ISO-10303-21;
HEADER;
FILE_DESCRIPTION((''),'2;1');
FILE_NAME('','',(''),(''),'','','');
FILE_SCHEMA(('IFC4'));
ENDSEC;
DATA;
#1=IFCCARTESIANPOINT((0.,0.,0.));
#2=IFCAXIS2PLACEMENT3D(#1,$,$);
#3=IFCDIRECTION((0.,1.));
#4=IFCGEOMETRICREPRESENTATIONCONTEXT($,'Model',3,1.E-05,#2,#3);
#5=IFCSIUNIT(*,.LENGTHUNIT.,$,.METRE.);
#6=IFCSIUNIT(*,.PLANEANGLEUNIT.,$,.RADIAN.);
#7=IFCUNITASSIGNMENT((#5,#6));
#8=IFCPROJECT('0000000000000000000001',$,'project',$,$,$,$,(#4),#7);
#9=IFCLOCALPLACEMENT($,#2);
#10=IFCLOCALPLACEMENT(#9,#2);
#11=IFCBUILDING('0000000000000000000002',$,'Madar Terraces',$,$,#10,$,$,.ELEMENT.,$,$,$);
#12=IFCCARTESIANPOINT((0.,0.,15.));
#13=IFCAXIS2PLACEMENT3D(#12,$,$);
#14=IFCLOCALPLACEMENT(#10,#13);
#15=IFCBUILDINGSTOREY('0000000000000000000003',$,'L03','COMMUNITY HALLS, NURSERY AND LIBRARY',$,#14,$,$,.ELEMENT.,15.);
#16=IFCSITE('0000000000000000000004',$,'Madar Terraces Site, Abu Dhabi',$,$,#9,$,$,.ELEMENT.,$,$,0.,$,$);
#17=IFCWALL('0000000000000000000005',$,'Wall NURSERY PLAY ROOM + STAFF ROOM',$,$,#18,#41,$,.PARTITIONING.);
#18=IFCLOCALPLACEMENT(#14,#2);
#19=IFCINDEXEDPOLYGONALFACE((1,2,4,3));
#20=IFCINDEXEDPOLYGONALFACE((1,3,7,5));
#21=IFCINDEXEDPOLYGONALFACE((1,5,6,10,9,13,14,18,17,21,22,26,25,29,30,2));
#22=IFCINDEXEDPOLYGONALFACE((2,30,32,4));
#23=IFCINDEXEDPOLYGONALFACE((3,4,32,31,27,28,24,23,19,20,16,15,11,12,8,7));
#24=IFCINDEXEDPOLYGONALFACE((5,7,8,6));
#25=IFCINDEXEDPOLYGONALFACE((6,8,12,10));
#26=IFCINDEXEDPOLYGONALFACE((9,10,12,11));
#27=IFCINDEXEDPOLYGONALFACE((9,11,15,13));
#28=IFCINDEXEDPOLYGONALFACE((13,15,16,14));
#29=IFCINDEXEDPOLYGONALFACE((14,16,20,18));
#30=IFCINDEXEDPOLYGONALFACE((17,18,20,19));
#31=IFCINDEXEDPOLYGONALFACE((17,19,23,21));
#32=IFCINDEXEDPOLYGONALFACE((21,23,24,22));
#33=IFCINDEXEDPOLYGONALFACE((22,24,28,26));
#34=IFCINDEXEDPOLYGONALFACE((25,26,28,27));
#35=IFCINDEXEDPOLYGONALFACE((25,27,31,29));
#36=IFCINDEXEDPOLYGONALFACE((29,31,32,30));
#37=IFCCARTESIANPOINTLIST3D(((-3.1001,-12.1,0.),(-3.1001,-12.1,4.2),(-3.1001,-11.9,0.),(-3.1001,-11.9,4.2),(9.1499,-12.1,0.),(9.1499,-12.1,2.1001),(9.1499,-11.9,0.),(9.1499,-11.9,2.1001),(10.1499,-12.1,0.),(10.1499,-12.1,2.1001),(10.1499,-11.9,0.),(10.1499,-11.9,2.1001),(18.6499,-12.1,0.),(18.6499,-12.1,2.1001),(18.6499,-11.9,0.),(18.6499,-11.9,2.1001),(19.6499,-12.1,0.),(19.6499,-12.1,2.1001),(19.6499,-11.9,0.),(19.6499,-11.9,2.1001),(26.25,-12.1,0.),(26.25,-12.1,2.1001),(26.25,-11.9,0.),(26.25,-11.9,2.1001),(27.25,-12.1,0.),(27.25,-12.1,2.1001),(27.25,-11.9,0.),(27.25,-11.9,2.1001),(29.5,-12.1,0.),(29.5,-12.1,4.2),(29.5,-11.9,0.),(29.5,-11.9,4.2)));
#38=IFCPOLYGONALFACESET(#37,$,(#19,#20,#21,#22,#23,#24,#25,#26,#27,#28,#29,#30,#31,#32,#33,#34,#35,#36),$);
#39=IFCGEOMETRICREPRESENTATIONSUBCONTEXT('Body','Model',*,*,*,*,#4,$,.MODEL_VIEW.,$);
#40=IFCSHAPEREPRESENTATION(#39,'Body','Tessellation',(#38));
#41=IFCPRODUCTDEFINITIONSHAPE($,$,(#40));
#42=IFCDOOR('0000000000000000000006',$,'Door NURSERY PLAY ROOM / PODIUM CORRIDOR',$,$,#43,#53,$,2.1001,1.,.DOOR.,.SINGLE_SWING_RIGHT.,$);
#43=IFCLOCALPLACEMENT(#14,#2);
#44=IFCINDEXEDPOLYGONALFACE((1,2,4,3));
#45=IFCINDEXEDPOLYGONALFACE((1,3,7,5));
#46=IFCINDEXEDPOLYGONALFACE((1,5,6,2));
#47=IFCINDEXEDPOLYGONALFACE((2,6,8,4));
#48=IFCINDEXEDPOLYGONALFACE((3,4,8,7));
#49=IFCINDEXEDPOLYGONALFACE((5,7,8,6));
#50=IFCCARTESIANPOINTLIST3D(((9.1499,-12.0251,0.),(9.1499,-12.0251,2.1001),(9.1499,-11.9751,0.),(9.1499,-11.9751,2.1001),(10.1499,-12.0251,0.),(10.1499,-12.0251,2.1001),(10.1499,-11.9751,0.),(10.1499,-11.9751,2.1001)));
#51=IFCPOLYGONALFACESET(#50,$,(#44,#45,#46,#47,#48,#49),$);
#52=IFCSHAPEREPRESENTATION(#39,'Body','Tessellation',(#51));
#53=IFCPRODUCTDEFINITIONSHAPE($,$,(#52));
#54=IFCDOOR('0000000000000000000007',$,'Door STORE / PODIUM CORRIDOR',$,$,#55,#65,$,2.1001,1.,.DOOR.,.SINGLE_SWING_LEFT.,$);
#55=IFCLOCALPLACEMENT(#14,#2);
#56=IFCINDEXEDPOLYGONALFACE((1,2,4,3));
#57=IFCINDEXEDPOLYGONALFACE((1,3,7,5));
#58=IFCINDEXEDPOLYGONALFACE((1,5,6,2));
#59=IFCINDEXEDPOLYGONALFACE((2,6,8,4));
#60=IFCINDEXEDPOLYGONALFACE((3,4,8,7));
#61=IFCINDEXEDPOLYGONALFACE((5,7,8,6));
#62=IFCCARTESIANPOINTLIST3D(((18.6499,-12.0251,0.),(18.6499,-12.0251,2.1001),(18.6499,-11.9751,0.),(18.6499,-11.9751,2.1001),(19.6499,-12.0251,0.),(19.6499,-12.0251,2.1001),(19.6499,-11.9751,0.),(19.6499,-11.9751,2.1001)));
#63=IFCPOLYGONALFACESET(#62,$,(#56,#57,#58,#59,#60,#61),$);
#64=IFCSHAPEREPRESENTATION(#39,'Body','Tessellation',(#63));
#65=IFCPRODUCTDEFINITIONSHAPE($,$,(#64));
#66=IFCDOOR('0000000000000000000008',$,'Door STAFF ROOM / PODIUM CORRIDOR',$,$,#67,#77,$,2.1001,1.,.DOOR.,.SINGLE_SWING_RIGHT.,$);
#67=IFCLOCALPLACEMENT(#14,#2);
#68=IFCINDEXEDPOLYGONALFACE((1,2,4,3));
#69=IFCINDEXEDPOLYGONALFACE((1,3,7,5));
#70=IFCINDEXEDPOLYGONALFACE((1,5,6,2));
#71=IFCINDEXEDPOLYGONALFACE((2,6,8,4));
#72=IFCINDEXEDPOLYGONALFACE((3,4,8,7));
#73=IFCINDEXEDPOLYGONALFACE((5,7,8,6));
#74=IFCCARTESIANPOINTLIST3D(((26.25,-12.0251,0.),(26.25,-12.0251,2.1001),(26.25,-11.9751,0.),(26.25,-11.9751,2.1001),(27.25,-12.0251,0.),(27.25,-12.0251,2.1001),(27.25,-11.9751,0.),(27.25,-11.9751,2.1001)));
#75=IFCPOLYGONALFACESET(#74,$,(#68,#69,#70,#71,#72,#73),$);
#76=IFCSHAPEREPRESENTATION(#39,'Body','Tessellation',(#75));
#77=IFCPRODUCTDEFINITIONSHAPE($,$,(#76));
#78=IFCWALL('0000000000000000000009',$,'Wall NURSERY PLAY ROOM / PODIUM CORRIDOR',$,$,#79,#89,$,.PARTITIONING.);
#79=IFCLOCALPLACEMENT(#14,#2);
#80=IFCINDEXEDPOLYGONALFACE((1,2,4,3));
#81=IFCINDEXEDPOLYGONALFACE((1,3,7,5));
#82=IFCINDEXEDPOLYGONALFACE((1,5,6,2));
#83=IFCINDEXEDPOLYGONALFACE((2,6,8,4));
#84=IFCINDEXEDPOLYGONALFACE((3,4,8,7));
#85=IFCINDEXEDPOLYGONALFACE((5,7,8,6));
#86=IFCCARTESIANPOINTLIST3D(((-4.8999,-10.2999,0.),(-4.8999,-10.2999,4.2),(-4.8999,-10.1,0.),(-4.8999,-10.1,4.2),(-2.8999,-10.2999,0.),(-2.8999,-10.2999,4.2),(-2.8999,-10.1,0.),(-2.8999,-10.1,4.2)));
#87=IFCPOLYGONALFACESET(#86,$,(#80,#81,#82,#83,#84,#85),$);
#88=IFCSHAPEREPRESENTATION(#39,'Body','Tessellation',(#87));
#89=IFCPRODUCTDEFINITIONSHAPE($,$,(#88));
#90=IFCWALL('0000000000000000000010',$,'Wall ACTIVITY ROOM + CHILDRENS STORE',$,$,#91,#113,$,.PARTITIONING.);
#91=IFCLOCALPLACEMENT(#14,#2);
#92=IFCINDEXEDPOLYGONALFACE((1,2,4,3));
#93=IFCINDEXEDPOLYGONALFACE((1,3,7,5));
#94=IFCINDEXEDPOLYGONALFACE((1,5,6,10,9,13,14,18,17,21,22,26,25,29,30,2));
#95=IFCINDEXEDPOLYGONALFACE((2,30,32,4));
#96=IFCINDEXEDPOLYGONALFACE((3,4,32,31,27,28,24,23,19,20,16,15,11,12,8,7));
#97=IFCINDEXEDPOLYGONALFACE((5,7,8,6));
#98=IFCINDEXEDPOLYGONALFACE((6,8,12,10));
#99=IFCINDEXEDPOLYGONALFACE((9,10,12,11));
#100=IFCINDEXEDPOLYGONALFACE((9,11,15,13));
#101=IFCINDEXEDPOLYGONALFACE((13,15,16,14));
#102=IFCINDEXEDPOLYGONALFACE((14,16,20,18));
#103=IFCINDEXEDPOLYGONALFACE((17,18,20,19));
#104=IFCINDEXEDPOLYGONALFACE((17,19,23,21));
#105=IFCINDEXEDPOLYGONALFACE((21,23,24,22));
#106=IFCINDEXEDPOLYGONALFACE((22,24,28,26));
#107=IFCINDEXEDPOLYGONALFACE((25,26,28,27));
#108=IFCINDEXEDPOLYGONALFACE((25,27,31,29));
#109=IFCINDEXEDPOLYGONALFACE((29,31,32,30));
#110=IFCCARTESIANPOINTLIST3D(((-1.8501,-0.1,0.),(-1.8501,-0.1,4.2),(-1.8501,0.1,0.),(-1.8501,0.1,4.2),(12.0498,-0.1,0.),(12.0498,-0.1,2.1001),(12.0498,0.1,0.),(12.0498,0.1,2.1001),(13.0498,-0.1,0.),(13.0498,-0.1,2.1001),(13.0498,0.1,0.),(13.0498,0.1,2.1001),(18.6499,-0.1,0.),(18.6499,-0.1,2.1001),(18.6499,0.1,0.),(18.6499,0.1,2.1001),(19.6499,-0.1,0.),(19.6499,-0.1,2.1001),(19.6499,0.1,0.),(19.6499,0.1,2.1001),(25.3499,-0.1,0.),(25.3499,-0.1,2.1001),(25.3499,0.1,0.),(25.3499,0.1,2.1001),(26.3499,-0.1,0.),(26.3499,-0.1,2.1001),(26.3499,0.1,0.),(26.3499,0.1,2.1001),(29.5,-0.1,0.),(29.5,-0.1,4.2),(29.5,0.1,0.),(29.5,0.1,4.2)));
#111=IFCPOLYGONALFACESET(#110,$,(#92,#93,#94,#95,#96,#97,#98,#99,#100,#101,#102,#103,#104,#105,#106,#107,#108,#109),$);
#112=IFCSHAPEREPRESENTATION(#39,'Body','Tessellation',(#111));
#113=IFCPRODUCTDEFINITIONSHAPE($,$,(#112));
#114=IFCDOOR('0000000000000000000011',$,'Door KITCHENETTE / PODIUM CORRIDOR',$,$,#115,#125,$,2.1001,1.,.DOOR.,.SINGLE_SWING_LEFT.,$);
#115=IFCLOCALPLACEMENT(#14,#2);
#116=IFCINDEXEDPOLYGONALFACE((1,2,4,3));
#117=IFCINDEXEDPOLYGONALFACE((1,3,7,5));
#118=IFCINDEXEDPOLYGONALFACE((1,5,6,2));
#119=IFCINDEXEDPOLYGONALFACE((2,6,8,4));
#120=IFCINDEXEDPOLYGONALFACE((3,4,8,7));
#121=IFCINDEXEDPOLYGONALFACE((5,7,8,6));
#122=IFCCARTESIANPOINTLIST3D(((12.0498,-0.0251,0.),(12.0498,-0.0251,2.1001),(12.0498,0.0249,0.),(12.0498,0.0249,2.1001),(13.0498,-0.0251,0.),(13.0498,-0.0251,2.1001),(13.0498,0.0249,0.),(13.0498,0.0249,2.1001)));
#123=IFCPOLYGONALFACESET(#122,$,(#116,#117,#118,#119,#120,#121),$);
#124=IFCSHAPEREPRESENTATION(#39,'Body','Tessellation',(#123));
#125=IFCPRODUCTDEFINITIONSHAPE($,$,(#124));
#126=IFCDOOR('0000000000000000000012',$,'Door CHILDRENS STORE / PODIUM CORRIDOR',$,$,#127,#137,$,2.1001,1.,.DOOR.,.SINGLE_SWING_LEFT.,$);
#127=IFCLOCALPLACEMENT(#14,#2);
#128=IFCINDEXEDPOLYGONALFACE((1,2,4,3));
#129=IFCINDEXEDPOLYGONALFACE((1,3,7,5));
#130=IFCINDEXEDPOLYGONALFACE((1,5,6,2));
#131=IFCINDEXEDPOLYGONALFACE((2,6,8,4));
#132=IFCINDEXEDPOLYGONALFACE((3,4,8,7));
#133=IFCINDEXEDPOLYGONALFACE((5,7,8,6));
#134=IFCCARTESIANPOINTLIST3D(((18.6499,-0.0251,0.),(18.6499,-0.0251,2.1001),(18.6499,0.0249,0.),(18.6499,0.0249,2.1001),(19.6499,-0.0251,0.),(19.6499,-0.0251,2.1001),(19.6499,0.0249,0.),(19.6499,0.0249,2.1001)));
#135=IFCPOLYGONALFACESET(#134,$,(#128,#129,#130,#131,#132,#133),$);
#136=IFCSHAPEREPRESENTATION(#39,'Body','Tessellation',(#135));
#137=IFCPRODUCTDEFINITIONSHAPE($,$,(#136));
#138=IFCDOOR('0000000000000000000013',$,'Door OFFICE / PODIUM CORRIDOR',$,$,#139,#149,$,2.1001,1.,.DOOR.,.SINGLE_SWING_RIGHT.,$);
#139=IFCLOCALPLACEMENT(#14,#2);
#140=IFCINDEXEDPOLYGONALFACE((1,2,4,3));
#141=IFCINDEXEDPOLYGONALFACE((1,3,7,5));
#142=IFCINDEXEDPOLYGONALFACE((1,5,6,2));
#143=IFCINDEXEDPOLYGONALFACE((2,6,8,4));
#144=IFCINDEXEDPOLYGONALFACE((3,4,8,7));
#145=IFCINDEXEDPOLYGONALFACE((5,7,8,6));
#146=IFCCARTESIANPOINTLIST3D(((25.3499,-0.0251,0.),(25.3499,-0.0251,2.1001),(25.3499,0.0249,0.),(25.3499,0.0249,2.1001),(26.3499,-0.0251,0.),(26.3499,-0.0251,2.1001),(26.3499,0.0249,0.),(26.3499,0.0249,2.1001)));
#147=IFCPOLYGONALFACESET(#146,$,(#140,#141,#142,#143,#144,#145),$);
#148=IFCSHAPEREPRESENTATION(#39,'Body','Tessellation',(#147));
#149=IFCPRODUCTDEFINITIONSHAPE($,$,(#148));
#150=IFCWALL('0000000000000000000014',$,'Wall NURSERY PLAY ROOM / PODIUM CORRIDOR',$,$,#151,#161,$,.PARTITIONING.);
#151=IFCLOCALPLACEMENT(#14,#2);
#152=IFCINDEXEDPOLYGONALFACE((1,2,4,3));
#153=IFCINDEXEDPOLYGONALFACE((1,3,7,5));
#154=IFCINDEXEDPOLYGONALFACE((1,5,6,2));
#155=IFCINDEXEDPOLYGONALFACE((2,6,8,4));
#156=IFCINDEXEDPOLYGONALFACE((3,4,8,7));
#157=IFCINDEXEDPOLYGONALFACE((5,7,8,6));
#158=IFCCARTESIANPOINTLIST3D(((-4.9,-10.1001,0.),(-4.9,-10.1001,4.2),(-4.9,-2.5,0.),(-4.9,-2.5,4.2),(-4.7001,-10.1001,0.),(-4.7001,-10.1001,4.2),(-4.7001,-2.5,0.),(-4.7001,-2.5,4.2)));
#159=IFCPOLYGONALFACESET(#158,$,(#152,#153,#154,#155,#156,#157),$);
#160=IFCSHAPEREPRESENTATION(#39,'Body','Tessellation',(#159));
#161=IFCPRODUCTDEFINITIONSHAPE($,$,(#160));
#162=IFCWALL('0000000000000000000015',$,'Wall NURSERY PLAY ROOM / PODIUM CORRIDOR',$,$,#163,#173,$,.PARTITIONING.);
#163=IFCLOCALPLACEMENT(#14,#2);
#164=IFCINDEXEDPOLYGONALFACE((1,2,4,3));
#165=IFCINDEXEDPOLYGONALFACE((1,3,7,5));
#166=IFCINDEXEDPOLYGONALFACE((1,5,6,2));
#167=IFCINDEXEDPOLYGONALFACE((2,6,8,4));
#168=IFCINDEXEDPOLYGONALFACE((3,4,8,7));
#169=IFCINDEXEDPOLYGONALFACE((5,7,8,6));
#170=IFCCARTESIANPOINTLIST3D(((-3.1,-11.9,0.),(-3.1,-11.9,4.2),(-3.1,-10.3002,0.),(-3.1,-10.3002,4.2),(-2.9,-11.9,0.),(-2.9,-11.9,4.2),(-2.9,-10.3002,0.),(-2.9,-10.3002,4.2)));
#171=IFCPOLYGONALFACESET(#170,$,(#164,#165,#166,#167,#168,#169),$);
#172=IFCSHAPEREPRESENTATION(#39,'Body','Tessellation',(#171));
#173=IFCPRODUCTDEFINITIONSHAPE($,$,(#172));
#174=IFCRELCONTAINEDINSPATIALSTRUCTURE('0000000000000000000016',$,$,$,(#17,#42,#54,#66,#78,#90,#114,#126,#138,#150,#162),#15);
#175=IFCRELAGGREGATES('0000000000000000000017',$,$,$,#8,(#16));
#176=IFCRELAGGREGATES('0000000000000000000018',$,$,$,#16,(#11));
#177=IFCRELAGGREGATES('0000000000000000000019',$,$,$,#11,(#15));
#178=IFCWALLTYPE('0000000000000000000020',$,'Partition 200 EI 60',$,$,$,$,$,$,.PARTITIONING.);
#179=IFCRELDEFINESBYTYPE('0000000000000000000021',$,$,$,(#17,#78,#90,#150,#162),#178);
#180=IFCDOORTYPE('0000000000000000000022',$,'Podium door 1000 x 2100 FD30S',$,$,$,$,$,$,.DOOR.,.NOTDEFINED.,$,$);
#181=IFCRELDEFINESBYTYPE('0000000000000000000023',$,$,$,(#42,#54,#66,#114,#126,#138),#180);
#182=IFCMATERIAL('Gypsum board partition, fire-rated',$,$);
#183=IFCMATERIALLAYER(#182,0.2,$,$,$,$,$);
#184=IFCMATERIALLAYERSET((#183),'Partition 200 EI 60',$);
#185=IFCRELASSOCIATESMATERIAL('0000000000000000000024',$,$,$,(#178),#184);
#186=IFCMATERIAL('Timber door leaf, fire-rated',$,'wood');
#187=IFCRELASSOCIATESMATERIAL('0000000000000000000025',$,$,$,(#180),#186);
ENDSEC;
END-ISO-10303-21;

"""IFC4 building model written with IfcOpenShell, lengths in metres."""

from ifc_helpers import new_model, si_unit, direction, frame, frame_2d, origin, place, context, subcontext, project, spatial, rectangle, extrude, material, layer, layer_set, type_object, element, fill, save


model = new_model("IFC4")

# Units and contexts
model_context = context("Model", 3, precision=1e-05, world=origin(), true_north=direction((0.0, 1.0)))
body_context = subcontext(model_context, "Body", "Model", "MODEL_VIEW")
ifc_project = project(units=[si_unit("LENGTHUNIT", "METRE"), si_unit("PLANEANGLEUNIT", "RADIAN")], contexts=[model_context])

# Site, building, storey
site_placement = place(None, origin())
site = spatial("IfcSite", under=ifc_project, at=site_placement, Name="Madar Terraces Site, Abu Dhabi", CompositionType="ELEMENT", RefElevation=0.0)
building_placement = place(site_placement, origin())
building = spatial("IfcBuilding", under=site, at=building_placement, Name="Madar Terraces", CompositionType="ELEMENT")
storey_placement = place(building_placement, frame((0.0, 0.0, 15.0)))
storey = spatial("IfcBuildingStorey", under=building, at=storey_placement, Name="L03", Description="COMMUNITY HALLS, NURSERY AND LIBRARY", CompositionType="ELEMENT", Elevation=15.0)

# Wall, openings, doors
ifc_material_1 = material(Name="Gypsum board partition, fire-rated")
ifc_layer_1 = layer(ifc_material_1, 0.2)
ifc_layer_set_1 = layer_set([ifc_layer_1], Name="Partition 200 EI 60")
wall_type = type_object("IfcWallType", Name="Partition 200 EI 60", PredefinedType="PARTITIONING", material=ifc_layer_set_1)
wall_1_placement = place(storey_placement, frame((-3.1001, -12.0, 0.0), z_axis=(0.0, 0.0, 1.0), x_axis=(1.0, 0.0, 0.0)))
wall_1 = element("IfcWall", 1, at=wall_1_placement, inside=storey, type_object=wall_type, Name="Wall NURSERY PLAY ROOM + STAFF ROOM", PredefinedType="PARTITIONING", context=body_context, shape_type="SweptSolid", body=[
    extrude(rectangle(XDim=32.6001, YDim=0.2, at=frame_2d((16.3, 0.0))), origin(), (0.0, 0.0, 1.0), 4.2),
])
opening_1_placement = place(wall_1_placement, frame((12.25, 0.0, 0.0)))
opening_1 = element("IfcOpeningElement", 2, at=opening_1_placement, cuts=wall_1, PredefinedType="OPENING", context=body_context, shape_type="SweptSolid", body=[
    extrude(rectangle(XDim=1.0, YDim=2.1001, at=frame_2d((0.5, 1.05))), frame((0.0, 0.1099, 0.0), z_axis=(0.0, -1.0, 0.0), x_axis=(1.0, 0.0, 0.0)), (0.0, 0.0, 1.0), 0.22),
])
opening_2_placement = place(wall_1_placement, frame((21.75, 0.0, 0.0)))
opening_2 = element("IfcOpeningElement", 3, at=opening_2_placement, cuts=wall_1, PredefinedType="OPENING", context=body_context, shape_type="SweptSolid", body=[
    extrude(rectangle(XDim=1.0, YDim=2.1001, at=frame_2d((0.5, 1.05))), frame((0.0, 0.1099, 0.0), z_axis=(0.0, -1.0, 0.0), x_axis=(1.0, 0.0, 0.0)), (0.0, 0.0, 1.0), 0.22),
])
opening_3_placement = place(wall_1_placement, frame((29.3501, 0.0, 0.0)))
opening_3 = element("IfcOpeningElement", 4, at=opening_3_placement, cuts=wall_1, PredefinedType="OPENING", context=body_context, shape_type="SweptSolid", body=[
    extrude(rectangle(XDim=1.0, YDim=2.1001, at=frame_2d((0.5, 1.05))), frame((0.0, 0.1099, 0.0), z_axis=(0.0, -1.0, 0.0), x_axis=(1.0, 0.0, 0.0)), (0.0, 0.0, 1.0), 0.22),
])
ifc_material_2 = material(Name="Timber door leaf, fire-rated", Category="wood")
door_type = type_object("IfcDoorType", Name="Podium door 1000 x 2100 FD30S", OperationType="NOTDEFINED", PredefinedType="DOOR", material=ifc_material_2)
door_1_placement = place(opening_1_placement, origin())
door_1 = element("IfcDoor", 5, at=door_1_placement, inside=storey, type_object=door_type, Name="Door NURSERY PLAY ROOM / PODIUM CORRIDOR", OperationType="SINGLE_SWING_RIGHT", OverallHeight=2.1001, OverallWidth=1.0, PredefinedType="DOOR", context=body_context, shape_type="SweptSolid", body=[
    extrude(rectangle(XDim=1.0, YDim=2.1001, at=frame_2d((0.5, 1.05))), frame((0.0, 0.0249, 0.0), z_axis=(0.0, -1.0, 0.0), x_axis=(1.0, 0.0, 0.0)), (0.0, 0.0, 1.0), 0.05),
])
fill(opening_1, door_1)
door_2_placement = place(opening_2_placement, origin())
door_2 = element("IfcDoor", 6, at=door_2_placement, inside=storey, type_object=door_type, Name="Door STORE / PODIUM CORRIDOR", OperationType="SINGLE_SWING_LEFT", OverallHeight=2.1001, OverallWidth=1.0, PredefinedType="DOOR", context=body_context, shape_type="SweptSolid", body=[
    extrude(rectangle(XDim=1.0, YDim=2.1001, at=frame_2d((0.5, 1.05))), frame((0.0, 0.0249, 0.0), z_axis=(0.0, -1.0, 0.0), x_axis=(1.0, 0.0, 0.0)), (0.0, 0.0, 1.0), 0.05),
])
fill(opening_2, door_2)
door_3_placement = place(opening_3_placement, origin())
door_3 = element("IfcDoor", 7, at=door_3_placement, inside=storey, type_object=door_type, Name="Door STAFF ROOM / PODIUM CORRIDOR", OperationType="SINGLE_SWING_RIGHT", OverallHeight=2.1001, OverallWidth=1.0, PredefinedType="DOOR", context=body_context, shape_type="SweptSolid", body=[
    extrude(rectangle(XDim=1.0, YDim=2.1001, at=frame_2d((0.5, 1.05))), frame((0.0, 0.0249, 0.0), z_axis=(0.0, -1.0, 0.0), x_axis=(1.0, 0.0, 0.0)), (0.0, 0.0, 1.0), 0.05),
])
fill(opening_3, door_3)

# Wall
wall_2_placement = place(storey_placement, frame((-4.8999, -10.2, 0.0), z_axis=(0.0, 0.0, 1.0), x_axis=(1.0, 0.0, 0.0)))
element("IfcWall", 8, at=wall_2_placement, inside=storey, type_object=wall_type, Name="Wall NURSERY PLAY ROOM / PODIUM CORRIDOR", PredefinedType="PARTITIONING", context=body_context, shape_type="SweptSolid", body=[
    extrude(rectangle(XDim=2.0, YDim=0.2, at=frame_2d((1.0, 0.0))), origin(), (0.0, 0.0, 1.0), 4.2),
])

# Wall, openings, doors
wall_3_placement = place(storey_placement, frame((-1.8501, 0.0, 0.0), z_axis=(0.0, 0.0, 1.0), x_axis=(1.0, 0.0, 0.0)))
wall_3 = element("IfcWall", 9, at=wall_3_placement, inside=storey, type_object=wall_type, Name="Wall ACTIVITY ROOM + CHILDRENS STORE", PredefinedType="PARTITIONING", context=body_context, shape_type="SweptSolid", body=[
    extrude(rectangle(XDim=31.3501, YDim=0.2, at=frame_2d((15.675, 0.0))), origin(), (0.0, 0.0, 1.0), 4.2),
])
opening_4_placement = place(wall_3_placement, frame((13.8999, 0.0, 0.0)))
opening_4 = element("IfcOpeningElement", 10, at=opening_4_placement, cuts=wall_3, PredefinedType="OPENING", context=body_context, shape_type="SweptSolid", body=[
    extrude(rectangle(XDim=1.0, YDim=2.1001, at=frame_2d((0.5, 1.05))), frame((0.0, 0.1099, 0.0), z_axis=(0.0, -1.0, 0.0), x_axis=(1.0, 0.0, 0.0)), (0.0, 0.0, 1.0), 0.22),
])
opening_5_placement = place(wall_3_placement, frame((20.5, 0.0, 0.0)))
opening_5 = element("IfcOpeningElement", 11, at=opening_5_placement, cuts=wall_3, PredefinedType="OPENING", context=body_context, shape_type="SweptSolid", body=[
    extrude(rectangle(XDim=1.0, YDim=2.1001, at=frame_2d((0.5, 1.05))), frame((0.0, 0.1099, 0.0), z_axis=(0.0, -1.0, 0.0), x_axis=(1.0, 0.0, 0.0)), (0.0, 0.0, 1.0), 0.22),
])
opening_6_placement = place(wall_3_placement, frame((27.2, 0.0, 0.0)))
opening_6 = element("IfcOpeningElement", 12, at=opening_6_placement, cuts=wall_3, PredefinedType="OPENING", context=body_context, shape_type="SweptSolid", body=[
    extrude(rectangle(XDim=1.0, YDim=2.1001, at=frame_2d((0.5, 1.05))), frame((0.0, 0.1099, 0.0), z_axis=(0.0, -1.0, 0.0), x_axis=(1.0, 0.0, 0.0)), (0.0, 0.0, 1.0), 0.22),
])
door_4_placement = place(opening_4_placement, origin())
door_4 = element("IfcDoor", 13, at=door_4_placement, inside=storey, type_object=door_type, Name="Door KITCHENETTE / PODIUM CORRIDOR", OperationType="SINGLE_SWING_LEFT", OverallHeight=2.1001, OverallWidth=1.0, PredefinedType="DOOR", context=body_context, shape_type="SweptSolid", body=[
    extrude(rectangle(XDim=1.0, YDim=2.1001, at=frame_2d((0.5, 1.05))), frame((0.0, 0.0249, 0.0), z_axis=(0.0, -1.0, 0.0), x_axis=(1.0, 0.0, 0.0)), (0.0, 0.0, 1.0), 0.05),
])
fill(opening_4, door_4)
door_5_placement = place(opening_5_placement, origin())
door_5 = element("IfcDoor", 14, at=door_5_placement, inside=storey, type_object=door_type, Name="Door CHILDRENS STORE / PODIUM CORRIDOR", OperationType="SINGLE_SWING_LEFT", OverallHeight=2.1001, OverallWidth=1.0, PredefinedType="DOOR", context=body_context, shape_type="SweptSolid", body=[
    extrude(rectangle(XDim=1.0, YDim=2.1001, at=frame_2d((0.5, 1.05))), frame((0.0, 0.0249, 0.0), z_axis=(0.0, -1.0, 0.0), x_axis=(1.0, 0.0, 0.0)), (0.0, 0.0, 1.0), 0.05),
])
fill(opening_5, door_5)
door_6_placement = place(opening_6_placement, origin())
door_6 = element("IfcDoor", 15, at=door_6_placement, inside=storey, type_object=door_type, Name="Door OFFICE / PODIUM CORRIDOR", OperationType="SINGLE_SWING_RIGHT", OverallHeight=2.1001, OverallWidth=1.0, PredefinedType="DOOR", context=body_context, shape_type="SweptSolid", body=[
    extrude(rectangle(XDim=1.0, YDim=2.1001, at=frame_2d((0.5, 1.05))), frame((0.0, 0.0249, 0.0), z_axis=(0.0, -1.0, 0.0), x_axis=(1.0, 0.0, 0.0)), (0.0, 0.0, 1.0), 0.05),
])
fill(opening_6, door_6)

# Walls
wall_4_placement = place(storey_placement, frame((-4.8, -10.1001, 0.0), z_axis=(0.0, 0.0, 1.0), x_axis=(0.0, 1.0, 0.0)))
element("IfcWall", 16, at=wall_4_placement, inside=storey, type_object=wall_type, Name="Wall NURSERY PLAY ROOM / PODIUM CORRIDOR", PredefinedType="PARTITIONING", context=body_context, shape_type="SweptSolid", body=[
    extrude(rectangle(XDim=7.6001, YDim=0.2, at=frame_2d((3.8, 0.0))), origin(), (0.0, 0.0, 1.0), 4.2),
])
wall_5_placement = place(storey_placement, frame((-3.0, -11.8999, 0.0), z_axis=(0.0, 0.0, 1.0), x_axis=(0.0, 1.0, 0.0)))
element("IfcWall", 17, at=wall_5_placement, inside=storey, type_object=wall_type, Name="Wall NURSERY PLAY ROOM / PODIUM CORRIDOR", PredefinedType="PARTITIONING", context=body_context, shape_type="SweptSolid", body=[
    extrude(rectangle(XDim=1.5999, YDim=0.2, at=frame_2d((0.7998, 0.0))), origin(), (0.0, 0.0, 1.0), 4.2),
])

save(model, "model.ifc")
